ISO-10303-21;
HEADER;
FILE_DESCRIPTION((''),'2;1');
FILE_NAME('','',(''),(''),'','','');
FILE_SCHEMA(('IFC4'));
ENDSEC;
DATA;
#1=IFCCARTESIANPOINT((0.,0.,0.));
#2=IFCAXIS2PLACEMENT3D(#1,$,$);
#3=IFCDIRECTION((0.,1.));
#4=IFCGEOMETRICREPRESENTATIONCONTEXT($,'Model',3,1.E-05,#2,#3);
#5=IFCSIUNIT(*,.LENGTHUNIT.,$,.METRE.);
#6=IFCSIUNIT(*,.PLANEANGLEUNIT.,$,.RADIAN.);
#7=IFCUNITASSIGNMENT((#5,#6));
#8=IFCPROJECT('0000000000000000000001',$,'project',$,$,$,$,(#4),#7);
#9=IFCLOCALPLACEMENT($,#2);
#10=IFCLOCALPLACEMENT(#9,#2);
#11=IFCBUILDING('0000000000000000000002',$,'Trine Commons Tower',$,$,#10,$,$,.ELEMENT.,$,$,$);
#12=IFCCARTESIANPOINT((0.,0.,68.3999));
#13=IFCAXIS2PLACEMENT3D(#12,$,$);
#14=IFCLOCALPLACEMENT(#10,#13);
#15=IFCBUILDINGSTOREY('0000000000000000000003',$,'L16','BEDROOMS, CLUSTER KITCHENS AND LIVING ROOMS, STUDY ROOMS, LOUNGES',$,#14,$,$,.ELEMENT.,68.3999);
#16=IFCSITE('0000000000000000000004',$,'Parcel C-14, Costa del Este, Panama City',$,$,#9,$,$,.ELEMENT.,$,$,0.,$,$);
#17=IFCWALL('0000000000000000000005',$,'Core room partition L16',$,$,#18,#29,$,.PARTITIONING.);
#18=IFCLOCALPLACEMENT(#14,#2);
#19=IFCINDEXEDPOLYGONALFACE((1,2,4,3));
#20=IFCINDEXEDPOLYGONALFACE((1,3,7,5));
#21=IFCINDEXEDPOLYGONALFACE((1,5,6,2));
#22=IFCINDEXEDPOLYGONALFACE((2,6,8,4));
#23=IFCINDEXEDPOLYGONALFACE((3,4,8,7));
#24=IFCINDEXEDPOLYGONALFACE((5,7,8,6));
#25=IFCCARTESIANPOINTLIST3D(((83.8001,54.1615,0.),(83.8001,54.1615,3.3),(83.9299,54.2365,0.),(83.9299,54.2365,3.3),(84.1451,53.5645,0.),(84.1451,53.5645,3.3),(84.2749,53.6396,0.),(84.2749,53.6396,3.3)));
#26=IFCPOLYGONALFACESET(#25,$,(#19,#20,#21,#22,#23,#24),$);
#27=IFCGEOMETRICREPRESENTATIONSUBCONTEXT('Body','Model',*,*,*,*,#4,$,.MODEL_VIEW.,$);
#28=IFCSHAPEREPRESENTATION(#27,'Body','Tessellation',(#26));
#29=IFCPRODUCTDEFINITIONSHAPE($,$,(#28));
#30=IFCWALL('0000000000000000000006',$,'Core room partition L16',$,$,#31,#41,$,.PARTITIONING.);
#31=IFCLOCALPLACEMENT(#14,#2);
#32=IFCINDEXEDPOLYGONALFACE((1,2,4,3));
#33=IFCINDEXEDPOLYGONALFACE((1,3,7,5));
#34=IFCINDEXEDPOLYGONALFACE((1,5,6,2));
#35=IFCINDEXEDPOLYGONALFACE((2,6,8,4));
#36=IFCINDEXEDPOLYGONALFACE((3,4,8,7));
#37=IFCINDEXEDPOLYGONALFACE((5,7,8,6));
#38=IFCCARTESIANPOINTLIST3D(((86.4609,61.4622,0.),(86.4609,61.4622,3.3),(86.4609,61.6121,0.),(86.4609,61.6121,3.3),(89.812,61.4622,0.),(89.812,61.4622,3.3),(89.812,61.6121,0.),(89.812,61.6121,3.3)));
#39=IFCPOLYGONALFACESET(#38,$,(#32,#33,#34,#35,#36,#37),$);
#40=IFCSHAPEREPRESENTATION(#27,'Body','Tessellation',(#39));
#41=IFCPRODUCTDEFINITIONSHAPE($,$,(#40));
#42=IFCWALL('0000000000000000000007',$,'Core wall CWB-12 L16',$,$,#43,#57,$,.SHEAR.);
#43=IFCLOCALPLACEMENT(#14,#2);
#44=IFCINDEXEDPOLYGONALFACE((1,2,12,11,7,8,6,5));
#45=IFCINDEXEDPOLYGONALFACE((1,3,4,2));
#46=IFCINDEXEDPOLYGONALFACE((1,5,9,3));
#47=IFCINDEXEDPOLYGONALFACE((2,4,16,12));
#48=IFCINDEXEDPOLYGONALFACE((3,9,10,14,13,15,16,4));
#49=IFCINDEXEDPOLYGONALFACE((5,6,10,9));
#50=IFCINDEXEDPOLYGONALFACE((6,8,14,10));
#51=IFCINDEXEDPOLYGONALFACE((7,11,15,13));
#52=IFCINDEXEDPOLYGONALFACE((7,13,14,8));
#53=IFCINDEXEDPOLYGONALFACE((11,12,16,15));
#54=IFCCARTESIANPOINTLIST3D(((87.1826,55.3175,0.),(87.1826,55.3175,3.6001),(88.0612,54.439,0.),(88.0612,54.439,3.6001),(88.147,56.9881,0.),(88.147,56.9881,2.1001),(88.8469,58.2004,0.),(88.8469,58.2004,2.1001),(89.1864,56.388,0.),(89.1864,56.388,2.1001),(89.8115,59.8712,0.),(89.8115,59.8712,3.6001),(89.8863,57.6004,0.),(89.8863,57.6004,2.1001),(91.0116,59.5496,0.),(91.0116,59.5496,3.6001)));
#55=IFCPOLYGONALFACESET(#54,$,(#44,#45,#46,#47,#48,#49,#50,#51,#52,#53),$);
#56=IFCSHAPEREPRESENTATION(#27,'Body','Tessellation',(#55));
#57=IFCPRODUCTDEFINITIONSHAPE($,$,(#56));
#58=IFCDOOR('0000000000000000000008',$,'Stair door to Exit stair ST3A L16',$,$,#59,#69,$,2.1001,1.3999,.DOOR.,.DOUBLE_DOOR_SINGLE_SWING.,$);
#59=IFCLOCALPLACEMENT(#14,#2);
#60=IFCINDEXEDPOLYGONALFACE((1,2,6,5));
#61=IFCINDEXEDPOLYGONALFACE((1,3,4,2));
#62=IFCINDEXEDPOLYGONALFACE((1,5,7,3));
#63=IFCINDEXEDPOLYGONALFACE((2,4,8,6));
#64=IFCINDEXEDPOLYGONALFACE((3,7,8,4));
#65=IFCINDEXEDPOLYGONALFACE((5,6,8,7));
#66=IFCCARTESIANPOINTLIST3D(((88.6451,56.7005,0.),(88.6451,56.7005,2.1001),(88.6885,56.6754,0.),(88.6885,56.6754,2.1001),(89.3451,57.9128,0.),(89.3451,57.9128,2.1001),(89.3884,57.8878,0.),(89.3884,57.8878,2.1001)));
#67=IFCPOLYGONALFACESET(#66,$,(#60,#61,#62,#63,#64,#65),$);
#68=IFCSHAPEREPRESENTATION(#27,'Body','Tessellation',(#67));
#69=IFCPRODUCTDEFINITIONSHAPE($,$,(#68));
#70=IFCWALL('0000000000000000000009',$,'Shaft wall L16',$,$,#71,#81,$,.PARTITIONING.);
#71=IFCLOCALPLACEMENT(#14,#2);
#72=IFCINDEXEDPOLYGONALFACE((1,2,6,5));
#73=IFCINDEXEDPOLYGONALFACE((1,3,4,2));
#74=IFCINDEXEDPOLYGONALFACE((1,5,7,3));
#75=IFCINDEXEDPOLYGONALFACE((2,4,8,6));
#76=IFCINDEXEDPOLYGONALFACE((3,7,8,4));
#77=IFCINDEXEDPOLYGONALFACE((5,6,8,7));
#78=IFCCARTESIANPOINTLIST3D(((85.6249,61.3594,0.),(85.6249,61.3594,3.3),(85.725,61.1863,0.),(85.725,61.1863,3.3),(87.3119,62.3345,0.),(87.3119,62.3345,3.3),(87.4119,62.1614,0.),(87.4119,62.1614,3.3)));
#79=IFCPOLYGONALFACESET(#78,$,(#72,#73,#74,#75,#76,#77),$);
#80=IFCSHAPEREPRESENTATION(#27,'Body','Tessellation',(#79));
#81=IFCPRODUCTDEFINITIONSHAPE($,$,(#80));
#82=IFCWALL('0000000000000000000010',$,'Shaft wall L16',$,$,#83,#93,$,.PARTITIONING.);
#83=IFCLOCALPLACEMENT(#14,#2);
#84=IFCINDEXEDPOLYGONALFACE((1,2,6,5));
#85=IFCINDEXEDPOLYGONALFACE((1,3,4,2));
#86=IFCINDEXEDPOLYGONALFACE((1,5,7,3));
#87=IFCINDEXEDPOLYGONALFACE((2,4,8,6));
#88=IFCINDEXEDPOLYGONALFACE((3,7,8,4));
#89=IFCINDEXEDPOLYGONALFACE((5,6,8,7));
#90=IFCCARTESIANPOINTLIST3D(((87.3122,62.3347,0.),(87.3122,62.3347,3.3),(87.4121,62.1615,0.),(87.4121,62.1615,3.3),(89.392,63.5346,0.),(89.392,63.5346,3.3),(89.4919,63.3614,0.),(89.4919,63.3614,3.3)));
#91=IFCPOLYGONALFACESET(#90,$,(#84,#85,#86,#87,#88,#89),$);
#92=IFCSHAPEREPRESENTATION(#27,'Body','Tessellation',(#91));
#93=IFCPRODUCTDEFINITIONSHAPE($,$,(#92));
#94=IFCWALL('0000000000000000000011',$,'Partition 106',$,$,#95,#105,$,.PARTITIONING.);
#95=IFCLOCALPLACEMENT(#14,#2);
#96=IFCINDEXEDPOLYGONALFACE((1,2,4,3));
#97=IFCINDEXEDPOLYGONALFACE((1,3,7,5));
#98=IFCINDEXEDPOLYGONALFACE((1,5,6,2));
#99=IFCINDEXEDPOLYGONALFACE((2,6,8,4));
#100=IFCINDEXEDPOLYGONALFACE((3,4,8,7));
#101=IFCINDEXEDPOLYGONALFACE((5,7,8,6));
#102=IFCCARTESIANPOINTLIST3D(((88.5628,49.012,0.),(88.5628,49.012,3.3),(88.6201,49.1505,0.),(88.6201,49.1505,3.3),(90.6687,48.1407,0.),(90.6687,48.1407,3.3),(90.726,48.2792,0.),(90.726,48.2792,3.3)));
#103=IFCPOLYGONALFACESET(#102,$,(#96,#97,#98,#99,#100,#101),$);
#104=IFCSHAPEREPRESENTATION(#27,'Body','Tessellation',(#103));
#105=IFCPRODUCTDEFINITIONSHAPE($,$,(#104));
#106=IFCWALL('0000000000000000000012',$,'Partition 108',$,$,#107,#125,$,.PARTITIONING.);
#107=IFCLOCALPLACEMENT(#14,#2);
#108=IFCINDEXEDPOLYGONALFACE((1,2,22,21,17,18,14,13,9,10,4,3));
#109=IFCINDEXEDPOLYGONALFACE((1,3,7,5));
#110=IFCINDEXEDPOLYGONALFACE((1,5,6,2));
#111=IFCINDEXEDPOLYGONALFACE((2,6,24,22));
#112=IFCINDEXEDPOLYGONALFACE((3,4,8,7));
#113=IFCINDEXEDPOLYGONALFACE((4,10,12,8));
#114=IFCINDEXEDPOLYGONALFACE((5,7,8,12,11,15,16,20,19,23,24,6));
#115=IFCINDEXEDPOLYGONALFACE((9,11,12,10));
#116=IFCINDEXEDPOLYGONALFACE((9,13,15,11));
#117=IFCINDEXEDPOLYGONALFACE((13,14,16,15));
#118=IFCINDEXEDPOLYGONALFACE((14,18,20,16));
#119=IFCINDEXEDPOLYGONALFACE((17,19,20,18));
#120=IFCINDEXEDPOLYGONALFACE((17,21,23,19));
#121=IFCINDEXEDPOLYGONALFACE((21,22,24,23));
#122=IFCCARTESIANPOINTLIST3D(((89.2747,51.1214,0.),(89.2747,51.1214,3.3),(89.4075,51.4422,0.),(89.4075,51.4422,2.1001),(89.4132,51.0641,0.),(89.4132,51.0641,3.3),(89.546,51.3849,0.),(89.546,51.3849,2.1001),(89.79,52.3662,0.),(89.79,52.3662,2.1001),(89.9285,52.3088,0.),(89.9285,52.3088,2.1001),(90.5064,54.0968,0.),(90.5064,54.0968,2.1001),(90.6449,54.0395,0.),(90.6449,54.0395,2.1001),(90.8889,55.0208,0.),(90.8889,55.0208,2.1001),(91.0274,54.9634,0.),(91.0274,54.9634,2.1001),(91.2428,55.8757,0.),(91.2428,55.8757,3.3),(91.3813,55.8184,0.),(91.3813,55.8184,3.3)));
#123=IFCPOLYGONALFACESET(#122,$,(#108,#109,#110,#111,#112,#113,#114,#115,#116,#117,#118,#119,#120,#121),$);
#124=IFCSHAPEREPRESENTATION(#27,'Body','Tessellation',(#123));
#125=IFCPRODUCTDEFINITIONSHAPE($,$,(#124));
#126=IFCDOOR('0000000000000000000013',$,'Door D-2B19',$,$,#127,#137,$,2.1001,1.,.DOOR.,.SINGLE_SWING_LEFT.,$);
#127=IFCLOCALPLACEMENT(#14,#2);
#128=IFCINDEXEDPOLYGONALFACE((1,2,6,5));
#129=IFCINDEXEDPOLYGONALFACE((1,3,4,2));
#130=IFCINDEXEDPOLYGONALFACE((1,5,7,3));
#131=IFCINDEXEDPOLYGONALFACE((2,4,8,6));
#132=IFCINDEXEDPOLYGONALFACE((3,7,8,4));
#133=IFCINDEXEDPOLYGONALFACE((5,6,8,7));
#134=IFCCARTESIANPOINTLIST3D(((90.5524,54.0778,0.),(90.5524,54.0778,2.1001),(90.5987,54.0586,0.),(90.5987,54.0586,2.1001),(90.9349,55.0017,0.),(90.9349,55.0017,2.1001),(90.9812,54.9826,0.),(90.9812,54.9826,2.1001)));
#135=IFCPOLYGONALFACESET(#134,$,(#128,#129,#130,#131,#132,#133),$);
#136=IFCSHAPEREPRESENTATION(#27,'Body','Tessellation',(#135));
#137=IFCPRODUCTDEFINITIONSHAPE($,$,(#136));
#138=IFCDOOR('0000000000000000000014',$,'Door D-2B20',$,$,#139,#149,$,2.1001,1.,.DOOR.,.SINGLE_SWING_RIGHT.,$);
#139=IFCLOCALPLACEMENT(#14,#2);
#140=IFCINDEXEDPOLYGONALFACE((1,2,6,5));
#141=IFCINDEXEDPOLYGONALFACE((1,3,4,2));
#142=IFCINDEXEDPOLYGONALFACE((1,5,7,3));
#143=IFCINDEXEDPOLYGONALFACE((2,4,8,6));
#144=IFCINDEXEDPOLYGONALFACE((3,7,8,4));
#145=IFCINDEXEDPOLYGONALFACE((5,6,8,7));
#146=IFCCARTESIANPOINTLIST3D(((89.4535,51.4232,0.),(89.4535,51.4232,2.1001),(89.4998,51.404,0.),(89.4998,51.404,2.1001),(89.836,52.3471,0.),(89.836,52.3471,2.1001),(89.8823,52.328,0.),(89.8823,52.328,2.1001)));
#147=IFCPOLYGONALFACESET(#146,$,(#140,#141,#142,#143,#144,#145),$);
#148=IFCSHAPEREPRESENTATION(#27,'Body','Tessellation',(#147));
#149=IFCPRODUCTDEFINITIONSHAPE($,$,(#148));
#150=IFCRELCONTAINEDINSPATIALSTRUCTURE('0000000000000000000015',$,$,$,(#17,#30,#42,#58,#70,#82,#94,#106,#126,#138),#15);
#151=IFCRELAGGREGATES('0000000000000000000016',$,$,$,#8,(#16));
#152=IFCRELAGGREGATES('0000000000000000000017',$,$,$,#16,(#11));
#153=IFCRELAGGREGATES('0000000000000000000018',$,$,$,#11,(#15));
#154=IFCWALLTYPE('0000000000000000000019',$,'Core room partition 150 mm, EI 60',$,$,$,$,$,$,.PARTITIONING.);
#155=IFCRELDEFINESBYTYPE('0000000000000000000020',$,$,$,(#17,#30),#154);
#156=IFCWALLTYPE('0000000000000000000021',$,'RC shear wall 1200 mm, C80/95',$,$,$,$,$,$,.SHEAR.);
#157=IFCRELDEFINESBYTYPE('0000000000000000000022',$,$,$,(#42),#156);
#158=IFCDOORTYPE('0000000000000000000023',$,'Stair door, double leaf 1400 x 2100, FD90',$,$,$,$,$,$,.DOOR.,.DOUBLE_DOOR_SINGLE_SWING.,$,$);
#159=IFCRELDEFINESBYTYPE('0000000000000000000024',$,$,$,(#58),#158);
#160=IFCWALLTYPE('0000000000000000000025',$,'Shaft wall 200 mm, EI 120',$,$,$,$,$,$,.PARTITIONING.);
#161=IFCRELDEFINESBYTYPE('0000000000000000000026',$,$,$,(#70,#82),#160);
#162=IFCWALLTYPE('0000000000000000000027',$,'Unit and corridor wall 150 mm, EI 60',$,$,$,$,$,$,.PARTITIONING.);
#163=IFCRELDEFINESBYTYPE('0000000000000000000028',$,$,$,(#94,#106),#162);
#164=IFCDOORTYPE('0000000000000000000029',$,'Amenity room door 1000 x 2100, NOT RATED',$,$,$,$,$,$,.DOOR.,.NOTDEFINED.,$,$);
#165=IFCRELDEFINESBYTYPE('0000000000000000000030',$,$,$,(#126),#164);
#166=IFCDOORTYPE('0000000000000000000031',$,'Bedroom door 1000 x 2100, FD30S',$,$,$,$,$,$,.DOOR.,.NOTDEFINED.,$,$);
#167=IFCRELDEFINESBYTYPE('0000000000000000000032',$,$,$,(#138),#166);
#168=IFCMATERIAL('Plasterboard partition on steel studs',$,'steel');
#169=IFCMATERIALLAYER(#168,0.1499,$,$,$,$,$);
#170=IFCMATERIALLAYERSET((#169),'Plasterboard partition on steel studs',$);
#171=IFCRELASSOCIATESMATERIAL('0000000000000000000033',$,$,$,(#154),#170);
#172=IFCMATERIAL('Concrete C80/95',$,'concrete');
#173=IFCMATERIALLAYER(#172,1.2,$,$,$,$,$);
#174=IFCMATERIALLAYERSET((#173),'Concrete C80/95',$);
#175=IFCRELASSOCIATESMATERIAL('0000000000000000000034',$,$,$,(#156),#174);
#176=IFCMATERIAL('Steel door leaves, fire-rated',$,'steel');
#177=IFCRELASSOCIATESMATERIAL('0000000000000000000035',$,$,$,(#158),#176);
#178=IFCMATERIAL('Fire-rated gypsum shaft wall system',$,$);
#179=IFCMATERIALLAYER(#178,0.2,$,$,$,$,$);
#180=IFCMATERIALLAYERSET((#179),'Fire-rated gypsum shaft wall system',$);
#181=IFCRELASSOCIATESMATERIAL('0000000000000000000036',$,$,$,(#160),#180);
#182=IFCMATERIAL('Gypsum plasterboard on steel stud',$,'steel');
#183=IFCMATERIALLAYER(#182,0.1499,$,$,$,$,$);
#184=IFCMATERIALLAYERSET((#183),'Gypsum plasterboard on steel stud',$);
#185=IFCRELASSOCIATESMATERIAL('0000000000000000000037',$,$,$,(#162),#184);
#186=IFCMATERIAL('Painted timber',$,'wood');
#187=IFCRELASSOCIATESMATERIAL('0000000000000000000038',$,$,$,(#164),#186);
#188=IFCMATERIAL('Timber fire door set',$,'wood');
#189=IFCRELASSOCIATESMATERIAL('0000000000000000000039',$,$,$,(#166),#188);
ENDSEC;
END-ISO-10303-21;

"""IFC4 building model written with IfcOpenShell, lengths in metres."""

from ifc_helpers import new_model, si_unit, direction, frame, frame_2d, origin, place, context, subcontext, project, spatial, polyline, rectangle, outline, extrude, material, layer, layer_set, type_object, element, fill, save


model = new_model("IFC4")

# Units and contexts
model_context = context("Model", 3, precision=1e-05, world=origin(), true_north=direction((0.0, 1.0)))
body_context = subcontext(model_context, "Body", "Model", "MODEL_VIEW")
ifc_project = project(units=[si_unit("LENGTHUNIT", "METRE"), si_unit("PLANEANGLEUNIT", "RADIAN")], contexts=[model_context])

# Site, building, storey
site_placement = place(None, origin())
site = spatial("IfcSite", under=ifc_project, at=site_placement, Name="Parcel C-14, Costa del Este, Panama City", CompositionType="ELEMENT", RefElevation=0.0)
building_placement = place(site_placement, origin())
building = spatial("IfcBuilding", under=site, at=building_placement, Name="Trine Commons Tower", CompositionType="ELEMENT")
storey_placement = place(building_placement, frame((0.0, 0.0, 68.3999)))
storey = spatial("IfcBuildingStorey", under=building, at=storey_placement, Name="L16", Description="BEDROOMS, CLUSTER KITCHENS AND LIVING ROOMS, STUDY ROOMS, LOUNGES", CompositionType="ELEMENT", Elevation=68.3999)

# Walls
ifc_material_1 = material(Name="Plasterboard partition on steel studs", Category="steel")
ifc_layer_1 = layer(ifc_material_1, 0.1499)
ifc_layer_set_1 = layer_set([ifc_layer_1], Name="Plasterboard partition on steel studs")
wall_type_1 = type_object("IfcWallType", Name="Core room partition 150 mm, EI 60", PredefinedType="PARTITIONING", material=ifc_layer_set_1)
wall_1_placement = place(storey_placement, frame((84.21, 53.6021, 0.0), z_axis=(0.0, 0.0, 1.0), x_axis=(-0.500366, 0.865814, 0.0)))
element("IfcWall", 1, at=wall_1_placement, inside=storey, type_object=wall_type_1, Name="Core room partition L16", PredefinedType="PARTITIONING", context=body_context, shape_type="SweptSolid", body=[
    extrude(rectangle(XDim=0.6895, YDim=0.1499, at=frame_2d((0.3447, 0.0))), origin(), (0.0, 0.0, 1.0), 3.3),
])
wall_2_placement = place(storey_placement, frame((89.812, 61.5371, 0.0), z_axis=(0.0, 0.0, 1.0), x_axis=(-1.0, 0.0, 0.0)))
element("IfcWall", 2, at=wall_2_placement, inside=storey, type_object=wall_type_1, Name="Core room partition L16", PredefinedType="PARTITIONING", context=body_context, shape_type="SweptSolid", body=[
    extrude(rectangle(XDim=3.3511, YDim=0.1499, at=frame_2d((1.6755, 0.0))), origin(), (0.0, 0.0, 1.0), 3.3),
])

# Wall, opening, door
ifc_material_2 = material(Name="Concrete C80/95", Category="concrete")
ifc_layer_2 = layer(ifc_material_2, 1.2)
ifc_layer_set_2 = layer_set([ifc_layer_2], Name="Concrete C80/95")
wall_type_2 = type_object("IfcWallType", Name="RC shear wall 1200 mm, C80/95", PredefinedType="SHEAR", material=ifc_layer_set_2)
wall_3_placement = place(storey_placement, frame((87.5415, 54.739, 0.0), z_axis=(0.0, 0.0, 1.0), x_axis=(0.499979, 0.866037, 0.0)))
wall_3 = element("IfcWall", 3, at=wall_3_placement, inside=storey, type_object=wall_type_2, Name="Core wall CWB-12 L16", PredefinedType="SHEAR", context=body_context, shape_type="SweptSolid", body=[
    extrude(outline(polyline([(0.0, -0.6001), (5.9011, -0.6001), (5.5796, 0.6001), (0.3215, 0.6001), (0.0, -0.6001)])), origin(), (0.0, 0.0, 1.0), 3.6001),
])
opening_1_placement = place(wall_3_placement, frame((2.2505, 0.0, 0.0)))
opening_1 = element("IfcOpeningElement", 4, at=opening_1_placement, cuts=wall_3, PredefinedType="OPENING", context=body_context, shape_type="SweptSolid", body=[
    extrude(rectangle(XDim=1.3999, YDim=2.1001, at=frame_2d((0.7, 1.05))), frame((0.0, 0.6099, 0.0), z_axis=(0.0, -1.0, 0.0), x_axis=(1.0, 0.0, 0.0)), (0.0, 0.0, 1.0), 1.22),
])
ifc_material_3 = material(Name="Steel door leaves, fire-rated", Category="steel")
door_type_1 = type_object("IfcDoorType", Name="Stair door, double leaf 1400 x 2100, FD90", OperationType="DOUBLE_DOOR_SINGLE_SWING", PredefinedType="DOOR", material=ifc_material_3)
door_1_placement = place(opening_1_placement, origin())
door_1 = element("IfcDoor", 5, at=door_1_placement, inside=storey, type_object=door_type_1, Name="Stair door to Exit stair ST3A L16", OperationType="DOUBLE_DOOR_SINGLE_SWING", OverallHeight=2.1001, OverallWidth=1.3999, PredefinedType="DOOR", context=body_context, shape_type="SweptSolid", body=[
    extrude(rectangle(XDim=1.3999, YDim=2.1001, at=frame_2d((0.7, 1.05))), frame((0.0, 0.0249, 0.0), z_axis=(0.0, -1.0, 0.0), x_axis=(1.0, 0.0, 0.0)), (0.0, 0.0, 1.0), 0.05),
])
fill(opening_1, door_1)

# Walls
ifc_material_4 = material(Name="Fire-rated gypsum shaft wall system")
ifc_layer_3 = layer(ifc_material_4, 0.2)
ifc_layer_set_3 = layer_set([ifc_layer_3], Name="Fire-rated gypsum shaft wall system")
wall_type_3 = type_object("IfcWallType", Name="Shaft wall 200 mm, EI 120", PredefinedType="PARTITIONING", material=ifc_layer_set_3)
wall_4_placement = place(storey_placement, frame((85.675, 61.2729, 0.0), z_axis=(0.0, 0.0, 1.0), x_axis=(0.865781, 0.500424, 0.0)))
element("IfcWall", 6, at=wall_4_placement, inside=storey, type_object=wall_type_3, Name="Shaft wall L16", PredefinedType="PARTITIONING", context=body_context, shape_type="SweptSolid", body=[
    extrude(rectangle(XDim=1.9485, YDim=0.2, at=frame_2d((0.9741, 0.0))), origin(), (0.0, 0.0, 1.0), 3.3),
])
wall_5_placement = place(storey_placement, frame((87.3621, 62.248, 0.0), z_axis=(0.0, 0.0, 1.0), x_axis=(0.866177, 0.499737, 0.0)))
element("IfcWall", 7, at=wall_5_placement, inside=storey, type_object=wall_type_3, Name="Shaft wall L16", PredefinedType="PARTITIONING", context=body_context, shape_type="SweptSolid", body=[
    extrude(rectangle(XDim=2.4011, YDim=0.2, at=frame_2d((1.2007, 0.0))), origin(), (0.0, 0.0, 1.0), 3.3),
])
ifc_material_5 = material(Name="Gypsum plasterboard on steel stud", Category="steel")
ifc_layer_4 = layer(ifc_material_5, 0.1499)
ifc_layer_set_4 = layer_set([ifc_layer_4], Name="Gypsum plasterboard on steel stud")
wall_type_4 = type_object("IfcWallType", Name="Unit and corridor wall 150 mm, EI 60", PredefinedType="PARTITIONING", material=ifc_layer_set_4)
wall_6_placement = place(storey_placement, frame((88.5913, 49.0813, 0.0), z_axis=(0.0, 0.0, 1.0), x_axis=(0.924031, -0.382317, 0.0)))
element("IfcWall", 8, at=wall_6_placement, inside=storey, type_object=wall_type_4, Name="Partition 106", PredefinedType="PARTITIONING", context=body_context, shape_type="SweptSolid", body=[
    extrude(rectangle(XDim=2.2791, YDim=0.1499, at=frame_2d((1.1396, 0.0))), origin(), (0.0, 0.0, 1.0), 3.3),
])

# Wall, openings, doors
wall_7_placement = place(storey_placement, frame((89.344, 51.0928, 0.0), z_axis=(0.0, 0.0, 1.0), x_axis=(0.382482, 0.923963, 0.0)))
wall_7 = element("IfcWall", 9, at=wall_7_placement, inside=storey, type_object=wall_type_4, Name="Partition 108", PredefinedType="PARTITIONING", context=body_context, shape_type="SweptSolid", body=[
    extrude(rectangle(XDim=5.1455, YDim=0.1499, at=frame_2d((2.5728, 0.0))), origin(), (0.0, 0.0, 1.0), 3.3),
])
opening_2_placement = place(wall_7_placement, frame((3.2202, 0.0, 0.0)))
opening_2 = element("IfcOpeningElement", 10, at=opening_2_placement, cuts=wall_7, PredefinedType="OPENING", context=body_context, shape_type="SweptSolid", body=[
    extrude(rectangle(XDim=1.0, YDim=2.1001, at=frame_2d((0.5, 1.05))), frame((0.0, 0.085, 0.0), z_axis=(0.0, -1.0, 0.0), x_axis=(1.0, 0.0, 0.0)), (0.0, 0.0, 1.0), 0.1699),
])
opening_3_placement = place(wall_7_placement, frame((0.3472, 0.0, 0.0)))
opening_3 = element("IfcOpeningElement", 11, at=opening_3_placement, cuts=wall_7, PredefinedType="OPENING", context=body_context, shape_type="SweptSolid", body=[
    extrude(rectangle(XDim=1.0, YDim=2.1001, at=frame_2d((0.5, 1.05))), frame((0.0, 0.085, 0.0), z_axis=(0.0, -1.0, 0.0), x_axis=(1.0, 0.0, 0.0)), (0.0, 0.0, 1.0), 0.1699),
])
ifc_material_6 = material(Name="Painted timber", Category="wood")
door_type_2 = type_object("IfcDoorType", Name="Amenity room door 1000 x 2100, NOT RATED", OperationType="NOTDEFINED", PredefinedType="DOOR", material=ifc_material_6)
door_2_placement = place(opening_2_placement, frame((1.0, 0.0, 0.0), z_axis=(0.0, 0.0, 1.0), x_axis=(-1.0, 0.0, 0.0)))
door_2 = element("IfcDoor", 12, at=door_2_placement, inside=storey, type_object=door_type_2, Name="Door D-2B19", OperationType="SINGLE_SWING_LEFT", OverallHeight=2.1001, OverallWidth=1.0, PredefinedType="DOOR", context=body_context, shape_type="SweptSolid", body=[
    extrude(rectangle(XDim=1.0, YDim=2.1001, at=frame_2d((0.5, 1.05))), frame((0.0, 0.0249, 0.0), z_axis=(0.0, -1.0, 0.0), x_axis=(1.0, 0.0, 0.0)), (0.0, 0.0, 1.0), 0.05),
])
fill(opening_2, door_2)
ifc_material_7 = material(Name="Timber fire door set", Category="wood")
door_type_3 = type_object("IfcDoorType", Name="Bedroom door 1000 x 2100, FD30S", OperationType="NOTDEFINED", PredefinedType="DOOR", material=ifc_material_7)
door_3_placement = place(opening_3_placement, frame((1.0, 0.0, 0.0), z_axis=(0.0, 0.0, 1.0), x_axis=(-1.0, 0.0, 0.0)))
door_3 = element("IfcDoor", 13, at=door_3_placement, inside=storey, type_object=door_type_3, Name="Door D-2B20", OperationType="SINGLE_SWING_RIGHT", OverallHeight=2.1001, OverallWidth=1.0, PredefinedType="DOOR", context=body_context, shape_type="SweptSolid", body=[
    extrude(rectangle(XDim=1.0, YDim=2.1001, at=frame_2d((0.5, 1.05))), frame((0.0, 0.0249, 0.0), z_axis=(0.0, -1.0, 0.0), x_axis=(1.0, 0.0, 0.0)), (0.0, 0.0, 1.0), 0.05),
])
fill(opening_3, door_3)

save(model, "model.ifc")
